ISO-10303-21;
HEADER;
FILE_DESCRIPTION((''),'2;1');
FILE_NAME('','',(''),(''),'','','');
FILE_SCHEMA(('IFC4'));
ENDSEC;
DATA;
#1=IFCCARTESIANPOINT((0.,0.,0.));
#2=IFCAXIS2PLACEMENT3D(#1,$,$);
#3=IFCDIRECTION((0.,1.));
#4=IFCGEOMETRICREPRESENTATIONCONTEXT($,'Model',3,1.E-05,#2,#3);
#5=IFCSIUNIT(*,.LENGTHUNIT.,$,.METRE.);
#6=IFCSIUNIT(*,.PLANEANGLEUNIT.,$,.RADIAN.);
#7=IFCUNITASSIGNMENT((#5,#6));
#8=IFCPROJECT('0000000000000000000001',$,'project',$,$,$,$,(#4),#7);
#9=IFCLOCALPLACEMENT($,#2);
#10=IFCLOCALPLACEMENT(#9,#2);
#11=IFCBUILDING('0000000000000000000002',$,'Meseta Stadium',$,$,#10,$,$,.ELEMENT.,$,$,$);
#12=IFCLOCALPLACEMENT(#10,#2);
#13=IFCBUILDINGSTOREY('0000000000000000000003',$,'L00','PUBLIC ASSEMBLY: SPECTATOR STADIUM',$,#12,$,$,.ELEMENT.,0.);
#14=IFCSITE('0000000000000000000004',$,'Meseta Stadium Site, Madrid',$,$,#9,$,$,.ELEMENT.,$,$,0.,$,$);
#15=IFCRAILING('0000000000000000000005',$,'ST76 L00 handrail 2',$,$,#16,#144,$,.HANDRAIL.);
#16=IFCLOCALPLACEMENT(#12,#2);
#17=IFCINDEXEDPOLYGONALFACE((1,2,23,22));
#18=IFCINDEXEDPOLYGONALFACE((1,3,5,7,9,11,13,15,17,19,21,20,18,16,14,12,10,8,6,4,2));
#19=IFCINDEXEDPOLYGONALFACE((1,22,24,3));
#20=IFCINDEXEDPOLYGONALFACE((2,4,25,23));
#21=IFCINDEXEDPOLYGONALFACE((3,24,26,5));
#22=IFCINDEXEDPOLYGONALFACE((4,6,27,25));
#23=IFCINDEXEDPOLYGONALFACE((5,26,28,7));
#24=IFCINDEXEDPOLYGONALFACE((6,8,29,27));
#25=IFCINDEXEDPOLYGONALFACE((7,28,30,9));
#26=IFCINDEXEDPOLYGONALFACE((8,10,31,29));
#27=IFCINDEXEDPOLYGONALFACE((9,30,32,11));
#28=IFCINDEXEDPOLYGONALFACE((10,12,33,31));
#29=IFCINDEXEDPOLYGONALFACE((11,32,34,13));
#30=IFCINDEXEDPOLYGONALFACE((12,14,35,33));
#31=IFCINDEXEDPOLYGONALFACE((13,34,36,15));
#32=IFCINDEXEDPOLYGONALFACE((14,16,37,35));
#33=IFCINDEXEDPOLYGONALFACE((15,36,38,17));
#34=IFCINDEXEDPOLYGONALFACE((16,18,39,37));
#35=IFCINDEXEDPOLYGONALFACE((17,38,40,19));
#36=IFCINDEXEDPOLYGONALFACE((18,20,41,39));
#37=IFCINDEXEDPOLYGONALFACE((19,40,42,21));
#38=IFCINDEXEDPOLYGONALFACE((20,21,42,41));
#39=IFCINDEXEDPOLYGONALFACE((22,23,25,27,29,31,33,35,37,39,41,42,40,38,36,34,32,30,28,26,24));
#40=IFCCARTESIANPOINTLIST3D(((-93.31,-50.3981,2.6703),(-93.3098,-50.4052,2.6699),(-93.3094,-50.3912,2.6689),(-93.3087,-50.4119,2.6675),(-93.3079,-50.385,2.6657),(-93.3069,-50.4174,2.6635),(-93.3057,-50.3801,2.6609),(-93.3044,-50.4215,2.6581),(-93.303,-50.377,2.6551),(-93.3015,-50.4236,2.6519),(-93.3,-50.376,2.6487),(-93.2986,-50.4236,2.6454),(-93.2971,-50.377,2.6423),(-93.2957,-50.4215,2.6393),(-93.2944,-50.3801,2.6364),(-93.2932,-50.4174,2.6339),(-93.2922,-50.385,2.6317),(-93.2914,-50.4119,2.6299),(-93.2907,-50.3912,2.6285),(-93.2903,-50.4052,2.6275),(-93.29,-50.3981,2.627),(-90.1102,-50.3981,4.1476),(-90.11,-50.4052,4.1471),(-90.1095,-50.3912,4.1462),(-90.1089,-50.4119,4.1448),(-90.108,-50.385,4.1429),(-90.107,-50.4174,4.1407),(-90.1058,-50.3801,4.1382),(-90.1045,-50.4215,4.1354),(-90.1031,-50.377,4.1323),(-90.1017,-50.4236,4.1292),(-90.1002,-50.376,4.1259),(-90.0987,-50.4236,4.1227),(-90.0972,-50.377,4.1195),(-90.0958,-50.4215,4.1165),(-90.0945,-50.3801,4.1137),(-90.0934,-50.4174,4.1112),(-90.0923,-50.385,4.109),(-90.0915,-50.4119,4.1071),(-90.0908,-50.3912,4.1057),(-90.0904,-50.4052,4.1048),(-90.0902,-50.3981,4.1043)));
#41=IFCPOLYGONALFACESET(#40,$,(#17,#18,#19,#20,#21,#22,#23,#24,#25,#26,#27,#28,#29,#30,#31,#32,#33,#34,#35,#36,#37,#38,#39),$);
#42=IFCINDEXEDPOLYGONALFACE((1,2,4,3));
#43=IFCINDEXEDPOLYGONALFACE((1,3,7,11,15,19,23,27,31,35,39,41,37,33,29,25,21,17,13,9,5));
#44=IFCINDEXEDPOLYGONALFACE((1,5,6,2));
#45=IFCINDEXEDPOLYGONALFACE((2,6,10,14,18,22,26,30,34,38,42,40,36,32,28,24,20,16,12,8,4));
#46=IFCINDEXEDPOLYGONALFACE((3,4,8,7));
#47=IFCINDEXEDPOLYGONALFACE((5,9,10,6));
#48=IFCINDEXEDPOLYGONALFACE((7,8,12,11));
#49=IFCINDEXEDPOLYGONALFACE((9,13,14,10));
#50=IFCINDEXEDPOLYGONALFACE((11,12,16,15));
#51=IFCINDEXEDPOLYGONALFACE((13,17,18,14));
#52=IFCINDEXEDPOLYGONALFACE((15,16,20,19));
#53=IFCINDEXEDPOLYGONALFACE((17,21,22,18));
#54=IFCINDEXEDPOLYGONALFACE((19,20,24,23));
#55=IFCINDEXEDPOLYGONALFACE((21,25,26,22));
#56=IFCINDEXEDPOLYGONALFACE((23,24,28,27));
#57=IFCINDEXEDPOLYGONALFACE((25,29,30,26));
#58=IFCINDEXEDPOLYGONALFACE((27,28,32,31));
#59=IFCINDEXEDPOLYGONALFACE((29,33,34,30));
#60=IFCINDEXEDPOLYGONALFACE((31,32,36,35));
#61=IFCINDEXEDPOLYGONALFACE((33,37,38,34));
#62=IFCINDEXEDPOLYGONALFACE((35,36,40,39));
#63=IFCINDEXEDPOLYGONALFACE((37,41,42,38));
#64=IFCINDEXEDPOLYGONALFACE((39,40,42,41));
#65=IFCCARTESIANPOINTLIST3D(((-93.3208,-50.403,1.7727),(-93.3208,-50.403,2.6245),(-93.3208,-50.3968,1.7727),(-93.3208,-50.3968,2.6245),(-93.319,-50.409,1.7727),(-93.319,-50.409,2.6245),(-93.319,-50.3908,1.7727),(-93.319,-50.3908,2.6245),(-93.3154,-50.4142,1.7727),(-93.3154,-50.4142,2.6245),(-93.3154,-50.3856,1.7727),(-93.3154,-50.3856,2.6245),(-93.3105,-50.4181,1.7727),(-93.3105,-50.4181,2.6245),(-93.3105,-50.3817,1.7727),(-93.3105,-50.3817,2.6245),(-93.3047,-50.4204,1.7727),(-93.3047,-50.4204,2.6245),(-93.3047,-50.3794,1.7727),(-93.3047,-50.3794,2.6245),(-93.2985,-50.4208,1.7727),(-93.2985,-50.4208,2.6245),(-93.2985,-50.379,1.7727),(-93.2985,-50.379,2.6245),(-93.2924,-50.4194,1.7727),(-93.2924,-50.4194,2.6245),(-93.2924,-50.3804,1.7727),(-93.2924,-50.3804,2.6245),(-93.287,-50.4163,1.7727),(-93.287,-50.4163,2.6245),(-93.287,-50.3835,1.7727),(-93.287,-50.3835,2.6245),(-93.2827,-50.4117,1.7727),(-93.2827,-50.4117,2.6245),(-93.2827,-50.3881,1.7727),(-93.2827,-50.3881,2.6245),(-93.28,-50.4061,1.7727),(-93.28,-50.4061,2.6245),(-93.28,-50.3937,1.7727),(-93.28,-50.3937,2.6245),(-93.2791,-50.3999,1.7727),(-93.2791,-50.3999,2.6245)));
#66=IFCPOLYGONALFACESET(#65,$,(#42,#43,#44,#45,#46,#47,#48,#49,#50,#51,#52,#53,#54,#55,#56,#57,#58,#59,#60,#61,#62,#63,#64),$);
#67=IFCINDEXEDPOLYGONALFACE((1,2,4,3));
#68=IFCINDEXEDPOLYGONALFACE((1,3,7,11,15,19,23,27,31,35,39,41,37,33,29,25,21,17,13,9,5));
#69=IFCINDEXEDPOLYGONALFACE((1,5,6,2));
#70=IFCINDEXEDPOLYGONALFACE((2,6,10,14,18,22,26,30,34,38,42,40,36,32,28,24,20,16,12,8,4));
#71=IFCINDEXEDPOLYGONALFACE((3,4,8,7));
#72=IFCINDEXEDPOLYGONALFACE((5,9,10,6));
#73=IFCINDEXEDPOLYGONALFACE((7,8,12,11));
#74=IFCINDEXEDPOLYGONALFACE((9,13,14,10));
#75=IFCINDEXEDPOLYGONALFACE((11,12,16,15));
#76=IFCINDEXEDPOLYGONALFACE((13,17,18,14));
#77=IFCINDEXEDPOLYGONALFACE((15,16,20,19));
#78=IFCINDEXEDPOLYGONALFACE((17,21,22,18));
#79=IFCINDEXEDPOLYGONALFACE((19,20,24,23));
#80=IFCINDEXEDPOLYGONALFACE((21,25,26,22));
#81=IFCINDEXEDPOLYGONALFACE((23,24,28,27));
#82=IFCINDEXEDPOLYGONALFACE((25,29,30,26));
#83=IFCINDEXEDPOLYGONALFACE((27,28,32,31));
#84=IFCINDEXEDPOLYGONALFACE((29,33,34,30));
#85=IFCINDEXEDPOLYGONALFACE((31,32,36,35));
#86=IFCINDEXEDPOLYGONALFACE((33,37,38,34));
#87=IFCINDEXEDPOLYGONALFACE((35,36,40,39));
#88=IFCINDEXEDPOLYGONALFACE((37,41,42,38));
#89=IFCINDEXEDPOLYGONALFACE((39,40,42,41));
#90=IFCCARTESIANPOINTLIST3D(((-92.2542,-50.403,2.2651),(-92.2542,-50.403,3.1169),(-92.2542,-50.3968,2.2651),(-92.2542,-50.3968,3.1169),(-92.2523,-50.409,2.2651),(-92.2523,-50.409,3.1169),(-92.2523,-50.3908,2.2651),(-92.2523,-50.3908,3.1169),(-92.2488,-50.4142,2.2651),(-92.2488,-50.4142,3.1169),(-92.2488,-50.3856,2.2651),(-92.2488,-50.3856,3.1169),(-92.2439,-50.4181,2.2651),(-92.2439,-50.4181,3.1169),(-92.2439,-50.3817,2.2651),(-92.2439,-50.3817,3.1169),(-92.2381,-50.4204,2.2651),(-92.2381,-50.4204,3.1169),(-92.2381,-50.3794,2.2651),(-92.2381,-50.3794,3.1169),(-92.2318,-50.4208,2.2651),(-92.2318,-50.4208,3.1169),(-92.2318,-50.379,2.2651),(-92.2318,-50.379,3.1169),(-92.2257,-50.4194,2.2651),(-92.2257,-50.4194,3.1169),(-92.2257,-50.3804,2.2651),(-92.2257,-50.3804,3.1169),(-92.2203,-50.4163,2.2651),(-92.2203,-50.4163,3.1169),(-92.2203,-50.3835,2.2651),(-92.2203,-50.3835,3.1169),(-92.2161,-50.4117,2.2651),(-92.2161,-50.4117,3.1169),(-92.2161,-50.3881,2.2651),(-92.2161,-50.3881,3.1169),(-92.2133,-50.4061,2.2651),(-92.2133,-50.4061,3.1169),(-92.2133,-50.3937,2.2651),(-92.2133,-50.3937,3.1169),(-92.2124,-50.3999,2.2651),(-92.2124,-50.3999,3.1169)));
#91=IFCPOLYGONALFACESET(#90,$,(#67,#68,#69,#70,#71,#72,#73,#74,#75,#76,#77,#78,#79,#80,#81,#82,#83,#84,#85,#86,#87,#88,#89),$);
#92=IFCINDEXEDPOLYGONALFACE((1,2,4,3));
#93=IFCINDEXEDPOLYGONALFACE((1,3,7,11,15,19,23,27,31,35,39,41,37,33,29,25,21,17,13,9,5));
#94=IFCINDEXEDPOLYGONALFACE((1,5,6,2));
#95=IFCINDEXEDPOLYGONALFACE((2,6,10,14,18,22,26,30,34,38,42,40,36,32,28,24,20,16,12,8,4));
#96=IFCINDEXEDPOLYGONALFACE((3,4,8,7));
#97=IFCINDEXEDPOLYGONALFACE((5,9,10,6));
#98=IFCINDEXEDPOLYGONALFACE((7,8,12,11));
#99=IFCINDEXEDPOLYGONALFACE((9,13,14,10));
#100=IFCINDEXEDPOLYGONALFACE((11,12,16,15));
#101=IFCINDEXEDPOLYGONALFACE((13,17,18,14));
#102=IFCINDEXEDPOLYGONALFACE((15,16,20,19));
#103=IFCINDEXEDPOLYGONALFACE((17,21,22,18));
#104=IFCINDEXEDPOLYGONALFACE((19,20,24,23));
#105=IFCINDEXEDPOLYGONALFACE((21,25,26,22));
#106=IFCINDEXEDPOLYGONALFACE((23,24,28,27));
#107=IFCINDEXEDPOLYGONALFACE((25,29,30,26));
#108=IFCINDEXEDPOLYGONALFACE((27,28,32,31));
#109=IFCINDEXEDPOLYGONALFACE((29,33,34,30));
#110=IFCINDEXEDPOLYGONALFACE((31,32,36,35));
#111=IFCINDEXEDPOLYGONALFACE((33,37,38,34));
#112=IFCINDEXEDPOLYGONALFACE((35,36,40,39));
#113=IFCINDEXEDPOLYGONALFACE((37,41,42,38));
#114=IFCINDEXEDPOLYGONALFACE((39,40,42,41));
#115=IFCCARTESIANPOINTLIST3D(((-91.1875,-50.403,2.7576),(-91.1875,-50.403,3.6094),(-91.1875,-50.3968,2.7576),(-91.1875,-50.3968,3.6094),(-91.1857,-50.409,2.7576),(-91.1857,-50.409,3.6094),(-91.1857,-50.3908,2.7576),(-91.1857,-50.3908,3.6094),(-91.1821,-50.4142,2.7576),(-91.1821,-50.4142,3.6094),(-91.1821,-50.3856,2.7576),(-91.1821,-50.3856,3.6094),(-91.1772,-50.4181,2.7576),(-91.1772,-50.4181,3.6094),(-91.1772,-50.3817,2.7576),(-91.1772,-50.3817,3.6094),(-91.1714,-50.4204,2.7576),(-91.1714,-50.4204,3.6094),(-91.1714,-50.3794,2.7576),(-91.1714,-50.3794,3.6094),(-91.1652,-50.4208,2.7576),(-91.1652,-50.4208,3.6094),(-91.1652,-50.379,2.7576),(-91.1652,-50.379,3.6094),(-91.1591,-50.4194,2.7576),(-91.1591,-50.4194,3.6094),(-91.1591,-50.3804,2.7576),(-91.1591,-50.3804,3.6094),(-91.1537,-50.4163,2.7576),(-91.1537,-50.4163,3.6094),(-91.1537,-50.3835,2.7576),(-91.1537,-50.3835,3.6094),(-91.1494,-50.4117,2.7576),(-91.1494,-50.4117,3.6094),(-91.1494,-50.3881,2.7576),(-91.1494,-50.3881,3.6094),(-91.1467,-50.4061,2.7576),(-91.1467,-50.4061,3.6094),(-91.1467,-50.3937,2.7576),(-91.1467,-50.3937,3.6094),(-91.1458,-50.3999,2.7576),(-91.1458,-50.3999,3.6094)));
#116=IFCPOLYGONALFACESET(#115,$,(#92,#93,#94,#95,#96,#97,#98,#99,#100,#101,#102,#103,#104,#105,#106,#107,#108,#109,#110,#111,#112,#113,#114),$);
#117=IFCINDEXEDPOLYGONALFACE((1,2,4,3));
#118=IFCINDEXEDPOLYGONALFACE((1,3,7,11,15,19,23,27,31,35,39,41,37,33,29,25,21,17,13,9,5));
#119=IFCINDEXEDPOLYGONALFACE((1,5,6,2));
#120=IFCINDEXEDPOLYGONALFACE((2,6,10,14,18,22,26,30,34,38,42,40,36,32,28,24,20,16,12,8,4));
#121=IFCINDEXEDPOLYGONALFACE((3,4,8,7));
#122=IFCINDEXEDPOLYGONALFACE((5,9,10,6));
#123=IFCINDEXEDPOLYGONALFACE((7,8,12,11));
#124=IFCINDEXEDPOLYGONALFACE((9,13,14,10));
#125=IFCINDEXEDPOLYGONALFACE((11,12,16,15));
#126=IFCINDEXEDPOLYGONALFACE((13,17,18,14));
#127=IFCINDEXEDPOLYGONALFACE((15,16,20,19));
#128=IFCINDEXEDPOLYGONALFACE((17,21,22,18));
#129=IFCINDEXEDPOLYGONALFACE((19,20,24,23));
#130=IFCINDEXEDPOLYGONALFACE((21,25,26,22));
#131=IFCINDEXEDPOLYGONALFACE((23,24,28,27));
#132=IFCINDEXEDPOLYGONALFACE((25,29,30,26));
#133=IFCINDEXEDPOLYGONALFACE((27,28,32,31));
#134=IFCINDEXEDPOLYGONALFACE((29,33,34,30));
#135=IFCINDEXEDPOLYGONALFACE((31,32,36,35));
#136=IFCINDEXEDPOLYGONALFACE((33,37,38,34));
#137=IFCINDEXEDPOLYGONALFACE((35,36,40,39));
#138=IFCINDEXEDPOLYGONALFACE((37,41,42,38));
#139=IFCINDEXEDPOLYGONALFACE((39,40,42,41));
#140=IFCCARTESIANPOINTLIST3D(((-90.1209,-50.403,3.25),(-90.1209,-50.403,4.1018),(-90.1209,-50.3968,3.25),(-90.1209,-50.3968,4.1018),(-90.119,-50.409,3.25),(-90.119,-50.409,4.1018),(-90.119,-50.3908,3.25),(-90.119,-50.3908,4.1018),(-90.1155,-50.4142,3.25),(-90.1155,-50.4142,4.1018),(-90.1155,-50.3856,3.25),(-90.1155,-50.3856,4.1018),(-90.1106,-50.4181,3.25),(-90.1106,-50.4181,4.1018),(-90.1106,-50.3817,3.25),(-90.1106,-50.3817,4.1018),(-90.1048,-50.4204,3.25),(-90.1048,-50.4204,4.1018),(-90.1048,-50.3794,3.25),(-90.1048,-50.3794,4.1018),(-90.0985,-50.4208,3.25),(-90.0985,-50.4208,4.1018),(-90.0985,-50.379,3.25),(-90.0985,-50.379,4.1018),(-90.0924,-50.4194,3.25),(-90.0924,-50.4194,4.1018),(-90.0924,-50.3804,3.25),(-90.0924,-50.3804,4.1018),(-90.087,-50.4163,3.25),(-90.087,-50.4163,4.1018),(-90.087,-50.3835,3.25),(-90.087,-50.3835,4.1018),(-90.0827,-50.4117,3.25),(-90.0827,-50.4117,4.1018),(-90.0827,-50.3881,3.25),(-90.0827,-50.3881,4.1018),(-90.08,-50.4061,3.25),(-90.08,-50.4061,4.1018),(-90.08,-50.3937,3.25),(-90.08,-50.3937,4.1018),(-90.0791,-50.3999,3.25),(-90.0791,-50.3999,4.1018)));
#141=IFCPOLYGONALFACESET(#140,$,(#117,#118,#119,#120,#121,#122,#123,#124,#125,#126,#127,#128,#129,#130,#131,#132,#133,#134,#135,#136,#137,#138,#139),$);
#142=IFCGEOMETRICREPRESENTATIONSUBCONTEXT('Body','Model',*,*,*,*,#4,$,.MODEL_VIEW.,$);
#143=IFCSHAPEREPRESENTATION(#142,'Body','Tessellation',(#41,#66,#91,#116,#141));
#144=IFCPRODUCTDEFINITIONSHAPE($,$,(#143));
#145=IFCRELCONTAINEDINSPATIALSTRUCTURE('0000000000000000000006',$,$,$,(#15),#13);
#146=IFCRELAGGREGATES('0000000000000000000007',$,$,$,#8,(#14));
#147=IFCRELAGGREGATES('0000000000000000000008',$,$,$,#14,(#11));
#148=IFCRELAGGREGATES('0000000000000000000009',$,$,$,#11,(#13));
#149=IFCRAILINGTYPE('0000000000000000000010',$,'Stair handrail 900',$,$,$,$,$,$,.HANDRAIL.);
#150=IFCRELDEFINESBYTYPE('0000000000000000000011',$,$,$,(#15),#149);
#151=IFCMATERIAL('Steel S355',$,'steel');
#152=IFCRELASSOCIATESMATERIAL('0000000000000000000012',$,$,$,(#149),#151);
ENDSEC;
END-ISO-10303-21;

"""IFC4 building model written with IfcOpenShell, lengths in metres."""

from ifc_helpers import new_model, si_unit, direction, frame, origin, origin_2d, place, context, subcontext, project, spatial, circle, extrude, material, type_object, element, save


model = new_model("IFC4")

# Units and contexts
model_context = context("Model", 3, precision=1e-05, world=origin(), true_north=direction((0.0, 1.0)))
body_context = subcontext(model_context, "Body", "Model", "MODEL_VIEW")
ifc_project = project(units=[si_unit("LENGTHUNIT", "METRE"), si_unit("PLANEANGLEUNIT", "RADIAN")], contexts=[model_context])

# Site, building, storey
site_placement = place(None, origin())
site = spatial("IfcSite", under=ifc_project, at=site_placement, Name="Meseta Stadium Site, Madrid", CompositionType="ELEMENT", RefElevation=0.0)
building_placement = place(site_placement, origin())
building = spatial("IfcBuilding", under=site, at=building_placement, Name="Meseta Stadium", CompositionType="ELEMENT")
storey_placement = place(building_placement, origin())
storey = spatial("IfcBuildingStorey", under=building, at=storey_placement, Name="L00", Description="PUBLIC ASSEMBLY: SPECTATOR STADIUM", CompositionType="ELEMENT", Elevation=0.0)

# Railing
ifc_material_1 = material(Name="Steel S355", Category="steel")
railing_type_1 = type_object("IfcRailingType", Name="Stair handrail 900", PredefinedType="HANDRAIL", material=ifc_material_1)
for number, where, name in (
    (1, (-93.3, -50.3999, 1.7727), "ST76 L00 handrail 2"),
):
    element("IfcRailing", number, at=place(storey_placement, frame(where)), inside=storey, type_object=railing_type_1, Name=name, PredefinedType="HANDRAIL", context=body_context, shape_type="SweptSolid", body=[
        extrude(circle(Radius=0.0239, at=origin_2d()), frame((0.0, 0.0, 0.876), z_axis=(0.907917, 0.0, 0.41915), x_axis=(0.0, 1.0, 0.0)), (0.0, 0.0, 1.0), 3.5244),
        extrude(circle(Radius=0.021, at=origin_2d()), origin(), (0.0, 0.0, 1.0), 0.8518),
        extrude(circle(Radius=0.021, at=origin_2d()), frame((1.0667, 0.0, 0.4924)), (0.0, 0.0, 1.0), 0.8518),
        extrude(circle(Radius=0.021, at=origin_2d()), frame((2.1333, 0.0, 0.9849)), (0.0, 0.0, 1.0), 0.8518),
        extrude(circle(Radius=0.021, at=origin_2d()), frame((3.2, 0.0, 1.4773)), (0.0, 0.0, 1.0), 0.8518),
    ])

save(model, "model.ifc")
